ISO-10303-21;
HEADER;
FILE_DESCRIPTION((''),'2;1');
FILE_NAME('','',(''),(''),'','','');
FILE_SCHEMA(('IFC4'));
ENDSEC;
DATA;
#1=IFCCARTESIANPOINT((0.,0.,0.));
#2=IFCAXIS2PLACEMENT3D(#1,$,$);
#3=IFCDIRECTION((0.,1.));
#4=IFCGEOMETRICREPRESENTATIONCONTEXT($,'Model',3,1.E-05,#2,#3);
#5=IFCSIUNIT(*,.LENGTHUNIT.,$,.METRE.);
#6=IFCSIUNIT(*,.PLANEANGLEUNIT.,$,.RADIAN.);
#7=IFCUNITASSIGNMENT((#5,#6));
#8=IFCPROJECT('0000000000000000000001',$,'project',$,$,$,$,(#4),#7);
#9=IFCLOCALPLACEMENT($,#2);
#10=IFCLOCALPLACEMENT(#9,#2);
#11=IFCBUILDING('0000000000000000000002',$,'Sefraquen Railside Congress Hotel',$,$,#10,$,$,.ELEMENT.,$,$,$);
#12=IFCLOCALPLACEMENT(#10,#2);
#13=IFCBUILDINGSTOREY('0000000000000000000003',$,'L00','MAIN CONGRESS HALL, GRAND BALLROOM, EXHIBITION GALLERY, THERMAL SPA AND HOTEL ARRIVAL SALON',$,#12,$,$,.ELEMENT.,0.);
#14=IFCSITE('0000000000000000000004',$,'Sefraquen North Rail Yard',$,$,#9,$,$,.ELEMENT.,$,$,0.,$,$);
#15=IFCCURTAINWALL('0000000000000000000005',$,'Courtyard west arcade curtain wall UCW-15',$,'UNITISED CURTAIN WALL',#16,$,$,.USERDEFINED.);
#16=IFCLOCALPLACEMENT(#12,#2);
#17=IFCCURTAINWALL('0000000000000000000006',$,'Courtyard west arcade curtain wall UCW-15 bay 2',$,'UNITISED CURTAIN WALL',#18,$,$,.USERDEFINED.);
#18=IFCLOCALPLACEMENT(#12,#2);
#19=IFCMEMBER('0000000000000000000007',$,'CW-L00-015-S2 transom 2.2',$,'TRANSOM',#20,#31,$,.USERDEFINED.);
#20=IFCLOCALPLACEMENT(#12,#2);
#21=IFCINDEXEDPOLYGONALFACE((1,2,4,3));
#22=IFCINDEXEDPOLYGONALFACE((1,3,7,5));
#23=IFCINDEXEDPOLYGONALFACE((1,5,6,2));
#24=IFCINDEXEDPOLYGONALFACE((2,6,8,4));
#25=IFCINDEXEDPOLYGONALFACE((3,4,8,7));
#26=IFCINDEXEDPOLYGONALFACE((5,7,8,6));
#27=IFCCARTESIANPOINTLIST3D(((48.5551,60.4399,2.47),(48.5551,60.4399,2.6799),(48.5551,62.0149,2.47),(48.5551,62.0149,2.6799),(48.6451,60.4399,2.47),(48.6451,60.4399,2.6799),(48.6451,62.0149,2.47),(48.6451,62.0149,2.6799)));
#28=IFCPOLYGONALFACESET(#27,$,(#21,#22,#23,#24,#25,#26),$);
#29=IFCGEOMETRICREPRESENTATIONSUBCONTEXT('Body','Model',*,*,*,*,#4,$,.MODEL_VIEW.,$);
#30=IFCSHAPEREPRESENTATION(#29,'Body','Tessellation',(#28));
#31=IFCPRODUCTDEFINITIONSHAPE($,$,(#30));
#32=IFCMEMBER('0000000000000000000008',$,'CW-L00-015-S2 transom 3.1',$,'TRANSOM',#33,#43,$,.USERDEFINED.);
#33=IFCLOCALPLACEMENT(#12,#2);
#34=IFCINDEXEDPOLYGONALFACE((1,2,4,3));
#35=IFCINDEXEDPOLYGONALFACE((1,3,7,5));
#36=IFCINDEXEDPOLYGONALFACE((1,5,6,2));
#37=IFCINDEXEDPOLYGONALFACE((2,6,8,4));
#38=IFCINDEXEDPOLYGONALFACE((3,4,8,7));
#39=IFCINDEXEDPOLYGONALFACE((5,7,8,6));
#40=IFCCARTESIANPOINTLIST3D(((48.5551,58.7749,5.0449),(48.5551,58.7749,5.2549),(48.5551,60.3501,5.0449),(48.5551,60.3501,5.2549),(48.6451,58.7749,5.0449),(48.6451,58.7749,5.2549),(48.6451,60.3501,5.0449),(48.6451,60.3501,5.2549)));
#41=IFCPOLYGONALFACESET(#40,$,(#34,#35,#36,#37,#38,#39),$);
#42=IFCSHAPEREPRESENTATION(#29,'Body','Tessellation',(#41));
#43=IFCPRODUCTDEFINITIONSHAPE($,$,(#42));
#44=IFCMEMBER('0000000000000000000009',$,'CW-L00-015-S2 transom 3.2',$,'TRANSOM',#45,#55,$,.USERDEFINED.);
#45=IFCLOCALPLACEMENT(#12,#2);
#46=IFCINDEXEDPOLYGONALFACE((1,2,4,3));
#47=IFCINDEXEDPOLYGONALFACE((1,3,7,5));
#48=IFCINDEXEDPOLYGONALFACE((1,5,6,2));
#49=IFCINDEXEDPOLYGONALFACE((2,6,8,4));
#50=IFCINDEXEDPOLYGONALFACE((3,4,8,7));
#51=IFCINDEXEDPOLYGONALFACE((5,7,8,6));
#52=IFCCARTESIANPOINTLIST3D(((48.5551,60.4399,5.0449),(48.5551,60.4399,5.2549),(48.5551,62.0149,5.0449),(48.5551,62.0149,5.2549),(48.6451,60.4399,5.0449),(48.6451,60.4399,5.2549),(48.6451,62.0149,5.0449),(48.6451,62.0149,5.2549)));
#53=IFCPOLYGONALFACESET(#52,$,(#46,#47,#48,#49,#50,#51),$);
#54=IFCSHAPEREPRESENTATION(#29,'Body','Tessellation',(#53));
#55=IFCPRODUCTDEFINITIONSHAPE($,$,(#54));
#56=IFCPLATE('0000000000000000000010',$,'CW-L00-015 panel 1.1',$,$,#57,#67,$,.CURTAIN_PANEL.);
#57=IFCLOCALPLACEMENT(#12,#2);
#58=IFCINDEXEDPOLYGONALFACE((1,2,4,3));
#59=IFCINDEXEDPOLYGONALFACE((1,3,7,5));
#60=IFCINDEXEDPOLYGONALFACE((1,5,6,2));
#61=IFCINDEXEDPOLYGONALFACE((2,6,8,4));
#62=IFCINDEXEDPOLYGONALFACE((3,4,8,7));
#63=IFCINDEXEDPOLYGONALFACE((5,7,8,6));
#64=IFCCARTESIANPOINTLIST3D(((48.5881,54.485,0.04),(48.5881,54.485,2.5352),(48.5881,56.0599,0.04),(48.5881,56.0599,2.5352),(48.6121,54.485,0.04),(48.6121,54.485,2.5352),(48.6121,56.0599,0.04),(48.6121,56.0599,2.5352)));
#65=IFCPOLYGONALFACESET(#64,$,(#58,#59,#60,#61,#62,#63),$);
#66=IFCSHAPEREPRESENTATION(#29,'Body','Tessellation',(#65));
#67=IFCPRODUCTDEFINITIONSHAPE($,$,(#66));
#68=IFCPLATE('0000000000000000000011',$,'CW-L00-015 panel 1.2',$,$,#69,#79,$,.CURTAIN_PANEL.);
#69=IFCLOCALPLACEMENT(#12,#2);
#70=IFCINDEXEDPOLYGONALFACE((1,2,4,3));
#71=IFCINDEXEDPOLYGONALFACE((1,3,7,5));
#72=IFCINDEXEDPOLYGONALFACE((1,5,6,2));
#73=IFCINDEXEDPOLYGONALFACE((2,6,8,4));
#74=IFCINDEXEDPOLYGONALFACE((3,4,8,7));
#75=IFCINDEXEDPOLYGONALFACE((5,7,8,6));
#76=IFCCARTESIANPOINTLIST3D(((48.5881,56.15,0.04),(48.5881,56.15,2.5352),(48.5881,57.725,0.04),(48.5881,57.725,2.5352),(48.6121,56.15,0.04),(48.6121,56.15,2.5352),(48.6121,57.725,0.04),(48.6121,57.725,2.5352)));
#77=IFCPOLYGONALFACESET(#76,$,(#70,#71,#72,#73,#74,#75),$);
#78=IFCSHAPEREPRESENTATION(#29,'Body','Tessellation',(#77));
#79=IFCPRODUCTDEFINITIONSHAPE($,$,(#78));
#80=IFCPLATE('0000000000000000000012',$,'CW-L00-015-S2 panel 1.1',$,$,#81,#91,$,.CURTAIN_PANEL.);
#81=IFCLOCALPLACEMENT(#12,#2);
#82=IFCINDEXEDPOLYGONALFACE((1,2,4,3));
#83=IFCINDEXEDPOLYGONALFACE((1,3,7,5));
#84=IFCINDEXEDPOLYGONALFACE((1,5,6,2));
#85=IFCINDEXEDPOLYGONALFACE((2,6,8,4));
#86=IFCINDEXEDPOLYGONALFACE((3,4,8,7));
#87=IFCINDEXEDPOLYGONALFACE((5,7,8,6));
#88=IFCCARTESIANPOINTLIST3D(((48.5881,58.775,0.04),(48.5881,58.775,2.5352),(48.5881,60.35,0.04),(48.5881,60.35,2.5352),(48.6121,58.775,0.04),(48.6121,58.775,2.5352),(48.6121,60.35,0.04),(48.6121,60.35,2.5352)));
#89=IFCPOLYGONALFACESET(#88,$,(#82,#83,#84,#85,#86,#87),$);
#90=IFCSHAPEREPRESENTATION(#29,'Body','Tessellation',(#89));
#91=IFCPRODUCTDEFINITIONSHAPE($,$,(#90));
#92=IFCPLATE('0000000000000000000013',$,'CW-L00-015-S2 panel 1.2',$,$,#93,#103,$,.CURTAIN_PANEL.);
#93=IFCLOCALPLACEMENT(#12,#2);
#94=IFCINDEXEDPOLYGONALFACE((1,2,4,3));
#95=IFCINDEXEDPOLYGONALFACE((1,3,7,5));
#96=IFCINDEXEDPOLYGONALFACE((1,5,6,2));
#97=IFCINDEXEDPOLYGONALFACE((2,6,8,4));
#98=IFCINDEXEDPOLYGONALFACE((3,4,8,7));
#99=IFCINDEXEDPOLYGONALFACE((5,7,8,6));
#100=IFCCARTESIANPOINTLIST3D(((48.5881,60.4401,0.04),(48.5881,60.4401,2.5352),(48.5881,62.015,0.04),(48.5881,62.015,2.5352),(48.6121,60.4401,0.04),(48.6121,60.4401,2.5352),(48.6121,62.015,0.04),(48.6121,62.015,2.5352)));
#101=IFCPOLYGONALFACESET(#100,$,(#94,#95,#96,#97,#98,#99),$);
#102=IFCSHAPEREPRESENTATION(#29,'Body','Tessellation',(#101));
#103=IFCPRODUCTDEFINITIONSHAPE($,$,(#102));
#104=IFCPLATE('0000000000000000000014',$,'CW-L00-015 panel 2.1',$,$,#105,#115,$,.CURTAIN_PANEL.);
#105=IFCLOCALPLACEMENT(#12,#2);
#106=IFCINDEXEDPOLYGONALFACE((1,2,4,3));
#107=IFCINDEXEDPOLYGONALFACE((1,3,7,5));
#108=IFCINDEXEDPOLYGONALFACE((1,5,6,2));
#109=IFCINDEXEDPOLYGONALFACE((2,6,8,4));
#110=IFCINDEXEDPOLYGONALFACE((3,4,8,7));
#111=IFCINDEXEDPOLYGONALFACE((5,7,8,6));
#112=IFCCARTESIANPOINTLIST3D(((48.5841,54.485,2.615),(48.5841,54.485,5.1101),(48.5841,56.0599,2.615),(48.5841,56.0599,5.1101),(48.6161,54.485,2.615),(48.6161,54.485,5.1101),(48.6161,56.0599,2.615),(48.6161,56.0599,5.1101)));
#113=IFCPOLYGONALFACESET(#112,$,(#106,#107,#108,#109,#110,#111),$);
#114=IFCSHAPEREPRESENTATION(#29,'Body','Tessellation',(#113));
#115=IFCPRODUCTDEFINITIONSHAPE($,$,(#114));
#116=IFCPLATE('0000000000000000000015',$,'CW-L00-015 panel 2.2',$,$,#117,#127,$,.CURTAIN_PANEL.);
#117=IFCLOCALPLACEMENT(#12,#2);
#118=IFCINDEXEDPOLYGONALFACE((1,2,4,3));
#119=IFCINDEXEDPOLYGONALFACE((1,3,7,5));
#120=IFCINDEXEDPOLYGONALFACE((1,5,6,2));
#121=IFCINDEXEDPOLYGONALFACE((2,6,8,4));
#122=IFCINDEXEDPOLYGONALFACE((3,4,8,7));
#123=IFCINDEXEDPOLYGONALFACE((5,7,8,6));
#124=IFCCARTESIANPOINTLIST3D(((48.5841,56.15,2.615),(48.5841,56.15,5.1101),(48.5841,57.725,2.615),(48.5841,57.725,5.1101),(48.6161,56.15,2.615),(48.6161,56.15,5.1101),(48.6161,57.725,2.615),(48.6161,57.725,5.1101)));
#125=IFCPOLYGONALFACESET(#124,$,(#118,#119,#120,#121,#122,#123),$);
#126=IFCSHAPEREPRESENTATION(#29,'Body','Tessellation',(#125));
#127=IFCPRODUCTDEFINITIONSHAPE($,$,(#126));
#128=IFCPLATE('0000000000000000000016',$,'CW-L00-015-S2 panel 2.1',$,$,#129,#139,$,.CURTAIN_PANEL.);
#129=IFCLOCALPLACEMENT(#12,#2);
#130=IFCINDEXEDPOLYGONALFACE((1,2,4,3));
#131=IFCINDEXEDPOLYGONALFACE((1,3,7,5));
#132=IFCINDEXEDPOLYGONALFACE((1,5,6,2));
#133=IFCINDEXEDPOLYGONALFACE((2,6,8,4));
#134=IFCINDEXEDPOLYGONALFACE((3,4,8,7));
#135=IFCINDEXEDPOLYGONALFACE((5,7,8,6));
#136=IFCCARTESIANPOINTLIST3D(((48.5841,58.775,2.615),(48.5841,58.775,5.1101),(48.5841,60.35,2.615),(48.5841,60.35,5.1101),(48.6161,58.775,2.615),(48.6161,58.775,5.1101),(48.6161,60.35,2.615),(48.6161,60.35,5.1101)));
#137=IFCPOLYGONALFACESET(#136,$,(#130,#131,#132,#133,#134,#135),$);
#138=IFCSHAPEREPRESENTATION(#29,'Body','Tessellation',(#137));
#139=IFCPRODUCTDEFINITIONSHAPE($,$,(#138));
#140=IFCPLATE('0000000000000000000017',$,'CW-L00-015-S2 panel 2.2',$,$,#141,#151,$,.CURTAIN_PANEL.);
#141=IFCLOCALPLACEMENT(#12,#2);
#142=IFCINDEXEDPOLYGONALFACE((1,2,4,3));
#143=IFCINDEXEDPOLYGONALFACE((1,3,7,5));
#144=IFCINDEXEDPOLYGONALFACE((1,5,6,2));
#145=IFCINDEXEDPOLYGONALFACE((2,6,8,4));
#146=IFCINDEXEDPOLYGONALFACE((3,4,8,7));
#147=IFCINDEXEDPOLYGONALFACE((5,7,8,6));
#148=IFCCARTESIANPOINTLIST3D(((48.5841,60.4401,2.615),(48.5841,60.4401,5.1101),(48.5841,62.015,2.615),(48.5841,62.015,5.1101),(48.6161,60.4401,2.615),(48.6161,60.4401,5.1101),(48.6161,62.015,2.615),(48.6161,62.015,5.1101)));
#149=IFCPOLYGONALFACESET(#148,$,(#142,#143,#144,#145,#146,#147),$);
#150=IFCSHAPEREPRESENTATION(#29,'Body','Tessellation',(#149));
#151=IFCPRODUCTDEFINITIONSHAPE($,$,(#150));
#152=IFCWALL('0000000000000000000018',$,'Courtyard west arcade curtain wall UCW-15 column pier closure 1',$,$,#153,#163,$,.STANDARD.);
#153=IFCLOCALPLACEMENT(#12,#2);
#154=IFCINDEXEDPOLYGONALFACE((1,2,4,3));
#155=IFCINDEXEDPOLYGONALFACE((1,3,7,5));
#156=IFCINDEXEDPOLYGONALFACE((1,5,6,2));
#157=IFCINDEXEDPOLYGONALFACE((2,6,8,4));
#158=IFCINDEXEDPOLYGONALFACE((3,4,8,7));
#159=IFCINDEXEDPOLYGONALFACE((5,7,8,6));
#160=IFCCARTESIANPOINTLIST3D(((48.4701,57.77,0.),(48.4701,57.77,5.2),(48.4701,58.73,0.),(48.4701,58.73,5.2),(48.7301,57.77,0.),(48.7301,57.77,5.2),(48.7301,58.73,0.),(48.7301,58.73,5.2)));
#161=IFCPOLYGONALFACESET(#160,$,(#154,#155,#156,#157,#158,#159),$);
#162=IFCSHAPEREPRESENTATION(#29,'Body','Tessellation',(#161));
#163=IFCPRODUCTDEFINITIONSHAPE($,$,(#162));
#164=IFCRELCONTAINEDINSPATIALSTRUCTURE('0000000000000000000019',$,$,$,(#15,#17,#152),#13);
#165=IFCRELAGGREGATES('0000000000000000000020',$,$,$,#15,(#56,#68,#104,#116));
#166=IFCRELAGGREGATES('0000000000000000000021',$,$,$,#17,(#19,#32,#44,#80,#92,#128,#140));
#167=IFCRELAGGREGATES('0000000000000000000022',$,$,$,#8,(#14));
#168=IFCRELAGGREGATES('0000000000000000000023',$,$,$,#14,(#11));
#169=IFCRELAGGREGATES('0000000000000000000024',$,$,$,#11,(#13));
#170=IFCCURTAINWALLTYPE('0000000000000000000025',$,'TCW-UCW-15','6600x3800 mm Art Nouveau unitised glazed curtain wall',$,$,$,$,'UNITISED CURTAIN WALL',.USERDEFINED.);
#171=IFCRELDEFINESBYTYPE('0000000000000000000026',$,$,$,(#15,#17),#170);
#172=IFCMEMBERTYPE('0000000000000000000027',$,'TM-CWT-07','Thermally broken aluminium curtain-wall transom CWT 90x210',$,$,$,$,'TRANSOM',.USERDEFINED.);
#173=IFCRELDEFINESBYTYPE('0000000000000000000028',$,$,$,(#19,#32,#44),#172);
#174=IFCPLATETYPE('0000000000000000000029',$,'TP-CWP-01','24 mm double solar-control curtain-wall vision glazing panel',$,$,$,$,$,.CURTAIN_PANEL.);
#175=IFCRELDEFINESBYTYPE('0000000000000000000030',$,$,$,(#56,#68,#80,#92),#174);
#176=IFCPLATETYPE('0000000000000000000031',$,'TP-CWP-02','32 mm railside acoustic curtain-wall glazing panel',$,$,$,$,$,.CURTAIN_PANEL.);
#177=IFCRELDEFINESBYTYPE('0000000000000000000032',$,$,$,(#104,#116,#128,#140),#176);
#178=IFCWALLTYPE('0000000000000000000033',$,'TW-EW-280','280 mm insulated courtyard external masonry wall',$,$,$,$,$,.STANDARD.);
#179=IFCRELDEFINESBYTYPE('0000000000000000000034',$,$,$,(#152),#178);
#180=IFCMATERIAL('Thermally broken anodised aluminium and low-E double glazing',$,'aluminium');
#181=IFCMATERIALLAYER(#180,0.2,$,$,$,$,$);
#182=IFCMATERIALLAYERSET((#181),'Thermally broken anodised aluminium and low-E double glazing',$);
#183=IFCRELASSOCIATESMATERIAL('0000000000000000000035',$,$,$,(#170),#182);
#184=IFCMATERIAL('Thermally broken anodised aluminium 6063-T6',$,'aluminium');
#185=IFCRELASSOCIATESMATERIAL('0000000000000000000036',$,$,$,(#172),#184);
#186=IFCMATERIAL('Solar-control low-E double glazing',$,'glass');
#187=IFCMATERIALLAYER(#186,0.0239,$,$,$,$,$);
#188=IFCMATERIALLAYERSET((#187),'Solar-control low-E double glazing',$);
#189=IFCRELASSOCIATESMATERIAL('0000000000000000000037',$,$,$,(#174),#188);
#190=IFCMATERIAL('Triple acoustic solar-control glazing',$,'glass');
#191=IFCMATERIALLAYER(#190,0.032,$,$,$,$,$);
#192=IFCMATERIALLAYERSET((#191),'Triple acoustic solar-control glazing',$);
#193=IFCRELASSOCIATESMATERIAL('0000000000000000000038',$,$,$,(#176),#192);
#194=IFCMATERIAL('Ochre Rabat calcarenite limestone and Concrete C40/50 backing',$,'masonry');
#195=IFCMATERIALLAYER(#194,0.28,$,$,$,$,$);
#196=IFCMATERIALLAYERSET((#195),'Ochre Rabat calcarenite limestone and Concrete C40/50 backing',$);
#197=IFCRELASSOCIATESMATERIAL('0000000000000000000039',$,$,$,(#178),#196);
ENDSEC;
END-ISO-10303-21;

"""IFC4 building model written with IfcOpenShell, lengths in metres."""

from ifc_helpers import new_model, si_unit, direction, frame, frame_2d, origin, origin_2d, place, context, subcontext, project, spatial, rectangle, extrude, material, layer, layer_set, material_profile, profile_set, type_object, element, aggregate, save


model = new_model("IFC4")

# Units and contexts
model_context = context("Model", 3, precision=1e-05, world=origin(), true_north=direction((0.0, 1.0)))
body_context = subcontext(model_context, "Body", "Model", "MODEL_VIEW")
ifc_project = project(units=[si_unit("LENGTHUNIT", "METRE"), si_unit("PLANEANGLEUNIT", "RADIAN")], contexts=[model_context])

# Site, building, storey
site_placement = place(None, origin())
site = spatial("IfcSite", under=ifc_project, at=site_placement, Name="Sefraquen North Rail Yard", CompositionType="ELEMENT", RefElevation=0.0)
building_placement = place(site_placement, origin())
building = spatial("IfcBuilding", under=site, at=building_placement, Name="Sefraquen Railside Congress Hotel", CompositionType="ELEMENT")
storey_placement = place(building_placement, origin())
storey = spatial("IfcBuildingStorey", under=building, at=storey_placement, Name="L00", Description="MAIN CONGRESS HALL, GRAND BALLROOM, EXHIBITION GALLERY, THERMAL SPA AND HOTEL ARRIVAL SALON", CompositionType="ELEMENT", Elevation=0.0)

# Curtain walls
ifc_material_1 = material(Name="Thermally broken anodised aluminium and low-E double glazing", Category="aluminium")
ifc_layer_1 = layer(ifc_material_1, 0.2)
ifc_layer_set_1 = layer_set([ifc_layer_1], Name="Thermally broken anodised aluminium and low-E double glazing")
curtain_wall_type = type_object("IfcCurtainWallType", Name="TCW-UCW-15", Description="6600x3800 mm Art Nouveau unitised glazed curtain wall", ElementType="UNITISED CURTAIN WALL", PredefinedType="USERDEFINED", material=ifc_layer_set_1)
curtain_wall_1_placement = place(storey_placement, origin())
curtain_wall_1 = element("IfcCurtainWall", 1, at=curtain_wall_1_placement, inside=storey, type_object=curtain_wall_type, Name="Courtyard west arcade curtain wall UCW-15", ObjectType="UNITISED CURTAIN WALL", PredefinedType="USERDEFINED")
ifc_material_2 = material(Name="Thermally broken anodised aluminium 6063-T6", Category="aluminium")
curtain_wall_2_placement = place(storey_placement, origin())
curtain_wall_2 = element("IfcCurtainWall", 2, at=curtain_wall_2_placement, inside=storey, type_object=curtain_wall_type, Name="Courtyard west arcade curtain wall UCW-15 bay 2", ObjectType="UNITISED CURTAIN WALL", PredefinedType="USERDEFINED")

# Members
ifc_material_profile_1 = material_profile(ifc_material_2, rectangle(XDim=0.0901, YDim=0.21, at=origin_2d()), Name="CWT 90x210")
ifc_profile_set_1 = profile_set([ifc_material_profile_1], Name="Thermally broken anodised aluminium 6063-T6")
member_type_1 = type_object("IfcMemberType", Name="TM-CWT-07", Description="Thermally broken aluminium curtain-wall transom CWT 90x210", ElementType="TRANSOM", PredefinedType="USERDEFINED", material=ifc_profile_set_1)
member_1_placement = place(storey_placement, frame((48.6001, 60.4399, 2.575), z_axis=(0.0, 1.0, 0.0), x_axis=(-1.0, 0.0, 0.0)))
member_1 = element("IfcMember", 3, at=member_1_placement, type_object=member_type_1, Name="CW-L00-015-S2 transom 2.2", ObjectType="TRANSOM", PredefinedType="USERDEFINED", context=body_context, shape_type="SweptSolid", body=[
    extrude(rectangle(XDim=0.0901, YDim=0.21, at=origin_2d()), origin(), (0.0, 0.0, 1.0), 1.575),
])
member_2_placement = place(storey_placement, frame((48.6001, 58.7749, 5.1499), z_axis=(0.0, 1.0, 0.0), x_axis=(-1.0, 0.0, 0.0)))
member_2 = element("IfcMember", 4, at=member_2_placement, type_object=member_type_1, Name="CW-L00-015-S2 transom 3.1", ObjectType="TRANSOM", PredefinedType="USERDEFINED", context=body_context, shape_type="SweptSolid", body=[
    extrude(rectangle(XDim=0.0901, YDim=0.21, at=origin_2d()), origin(), (0.0, 0.0, 1.0), 1.5752),
])
member_3_placement = place(storey_placement, frame((48.6001, 60.4399, 5.1499), z_axis=(0.0, 1.0, 0.0), x_axis=(-1.0, 0.0, 0.0)))
member_3 = element("IfcMember", 5, at=member_3_placement, type_object=member_type_1, Name="CW-L00-015-S2 transom 3.2", ObjectType="TRANSOM", PredefinedType="USERDEFINED", context=body_context, shape_type="SweptSolid", body=[
    extrude(rectangle(XDim=0.0901, YDim=0.21, at=origin_2d()), origin(), (0.0, 0.0, 1.0), 1.575),
])

# Plates
ifc_material_3 = material(Name="Solar-control low-E double glazing", Category="glass")
ifc_layer_2 = layer(ifc_material_3, 0.0239)
ifc_layer_set_2 = layer_set([ifc_layer_2], Name="Solar-control low-E double glazing")
plate_type_1 = type_object("IfcPlateType", Name="TP-CWP-01", Description="24 mm double solar-control curtain-wall vision glazing panel", PredefinedType="CURTAIN_PANEL", material=ifc_layer_set_2)
plate_1_placement = place(storey_placement, frame((48.6001, 55.2725, 0.04), z_axis=(0.0, 0.0, 1.0), x_axis=(0.0, 1.0, 0.0)))
plate_1 = element("IfcPlate", 6, at=plate_1_placement, type_object=plate_type_1, Name="CW-L00-015 panel 1.1", PredefinedType="CURTAIN_PANEL", context=body_context, shape_type="SweptSolid", body=[
    extrude(rectangle(XDim=1.575, YDim=0.0239, at=origin_2d()), origin(), (0.0, 0.0, 1.0), 2.4951),
])
plate_2_placement = place(storey_placement, frame((48.6001, 56.9375, 0.04), z_axis=(0.0, 0.0, 1.0), x_axis=(0.0, 1.0, 0.0)))
plate_2 = element("IfcPlate", 7, at=plate_2_placement, type_object=plate_type_1, Name="CW-L00-015 panel 1.2", PredefinedType="CURTAIN_PANEL", context=body_context, shape_type="SweptSolid", body=[
    extrude(rectangle(XDim=1.575, YDim=0.0239, at=origin_2d()), origin(), (0.0, 0.0, 1.0), 2.4951),
])
plate_3_placement = place(storey_placement, frame((48.6001, 59.5625, 0.04), z_axis=(0.0, 0.0, 1.0), x_axis=(0.0, 1.0, 0.0)))
plate_3 = element("IfcPlate", 8, at=plate_3_placement, type_object=plate_type_1, Name="CW-L00-015-S2 panel 1.1", PredefinedType="CURTAIN_PANEL", context=body_context, shape_type="SweptSolid", body=[
    extrude(rectangle(XDim=1.575, YDim=0.0239, at=origin_2d()), origin(), (0.0, 0.0, 1.0), 2.4951),
])
plate_4_placement = place(storey_placement, frame((48.6001, 61.2275, 0.04), z_axis=(0.0, 0.0, 1.0), x_axis=(0.0, 1.0, 0.0)))
plate_4 = element("IfcPlate", 9, at=plate_4_placement, type_object=plate_type_1, Name="CW-L00-015-S2 panel 1.2", PredefinedType="CURTAIN_PANEL", context=body_context, shape_type="SweptSolid", body=[
    extrude(rectangle(XDim=1.575, YDim=0.0239, at=origin_2d()), origin(), (0.0, 0.0, 1.0), 2.4951),
])
ifc_material_4 = material(Name="Triple acoustic solar-control glazing", Category="glass")
ifc_layer_3 = layer(ifc_material_4, 0.032)
ifc_layer_set_3 = layer_set([ifc_layer_3], Name="Triple acoustic solar-control glazing")
plate_type_2 = type_object("IfcPlateType", Name="TP-CWP-02", Description="32 mm railside acoustic curtain-wall glazing panel", PredefinedType="CURTAIN_PANEL", material=ifc_layer_set_3)
plate_5_placement = place(storey_placement, frame((48.6001, 55.2725, 2.615), z_axis=(0.0, 0.0, 1.0), x_axis=(0.0, 1.0, 0.0)))
plate_5 = element("IfcPlate", 10, at=plate_5_placement, type_object=plate_type_2, Name="CW-L00-015 panel 2.1", PredefinedType="CURTAIN_PANEL", context=body_context, shape_type="SweptSolid", body=[
    extrude(rectangle(XDim=1.575, YDim=0.032, at=origin_2d()), origin(), (0.0, 0.0, 1.0), 2.4951),
])
plate_6_placement = place(storey_placement, frame((48.6001, 56.9375, 2.615), z_axis=(0.0, 0.0, 1.0), x_axis=(0.0, 1.0, 0.0)))
plate_6 = element("IfcPlate", 11, at=plate_6_placement, type_object=plate_type_2, Name="CW-L00-015 panel 2.2", PredefinedType="CURTAIN_PANEL", context=body_context, shape_type="SweptSolid", body=[
    extrude(rectangle(XDim=1.575, YDim=0.032, at=origin_2d()), origin(), (0.0, 0.0, 1.0), 2.4951),
])
aggregate(curtain_wall_1, [plate_1, plate_2, plate_5, plate_6])
plate_7_placement = place(storey_placement, frame((48.6001, 59.5625, 2.615), z_axis=(0.0, 0.0, 1.0), x_axis=(0.0, 1.0, 0.0)))
plate_7 = element("IfcPlate", 12, at=plate_7_placement, type_object=plate_type_2, Name="CW-L00-015-S2 panel 2.1", PredefinedType="CURTAIN_PANEL", context=body_context, shape_type="SweptSolid", body=[
    extrude(rectangle(XDim=1.575, YDim=0.032, at=origin_2d()), origin(), (0.0, 0.0, 1.0), 2.4951),
])
plate_8_placement = place(storey_placement, frame((48.6001, 61.2275, 2.615), z_axis=(0.0, 0.0, 1.0), x_axis=(0.0, 1.0, 0.0)))
plate_8 = element("IfcPlate", 13, at=plate_8_placement, type_object=plate_type_2, Name="CW-L00-015-S2 panel 2.2", PredefinedType="CURTAIN_PANEL", context=body_context, shape_type="SweptSolid", body=[
    extrude(rectangle(XDim=1.575, YDim=0.032, at=origin_2d()), origin(), (0.0, 0.0, 1.0), 2.4951),
])
aggregate(curtain_wall_2, [member_1, member_2, member_3, plate_3, plate_4, plate_7, plate_8])

# Wall
ifc_material_5 = material(Name="Ochre Rabat calcarenite limestone and Concrete C40/50 backing", Category="masonry")
ifc_layer_4 = layer(ifc_material_5, 0.28)
ifc_layer_set_4 = layer_set([ifc_layer_4], Name="Ochre Rabat calcarenite limestone and Concrete C40/50 backing")
wall_type = type_object("IfcWallType", Name="TW-EW-280", Description="280 mm insulated courtyard external masonry wall", PredefinedType="STANDARD", material=ifc_layer_set_4)
wall_placement = place(storey_placement, frame((48.6001, 57.77, 0.0), z_axis=(0.0, 0.0, 1.0), x_axis=(0.0, 1.0, 0.0)))
element("IfcWall", 14, at=wall_placement, inside=storey, type_object=wall_type, Name="Courtyard west arcade curtain wall UCW-15 column pier closure 1", PredefinedType="STANDARD", context=body_context, shape_type="SweptSolid", body=[
    extrude(rectangle(XDim=0.96, YDim=0.26, at=frame_2d((0.48, 0.0))), origin(), (0.0, 0.0, 1.0), 5.2),
])

save(model, "model.ifc")
